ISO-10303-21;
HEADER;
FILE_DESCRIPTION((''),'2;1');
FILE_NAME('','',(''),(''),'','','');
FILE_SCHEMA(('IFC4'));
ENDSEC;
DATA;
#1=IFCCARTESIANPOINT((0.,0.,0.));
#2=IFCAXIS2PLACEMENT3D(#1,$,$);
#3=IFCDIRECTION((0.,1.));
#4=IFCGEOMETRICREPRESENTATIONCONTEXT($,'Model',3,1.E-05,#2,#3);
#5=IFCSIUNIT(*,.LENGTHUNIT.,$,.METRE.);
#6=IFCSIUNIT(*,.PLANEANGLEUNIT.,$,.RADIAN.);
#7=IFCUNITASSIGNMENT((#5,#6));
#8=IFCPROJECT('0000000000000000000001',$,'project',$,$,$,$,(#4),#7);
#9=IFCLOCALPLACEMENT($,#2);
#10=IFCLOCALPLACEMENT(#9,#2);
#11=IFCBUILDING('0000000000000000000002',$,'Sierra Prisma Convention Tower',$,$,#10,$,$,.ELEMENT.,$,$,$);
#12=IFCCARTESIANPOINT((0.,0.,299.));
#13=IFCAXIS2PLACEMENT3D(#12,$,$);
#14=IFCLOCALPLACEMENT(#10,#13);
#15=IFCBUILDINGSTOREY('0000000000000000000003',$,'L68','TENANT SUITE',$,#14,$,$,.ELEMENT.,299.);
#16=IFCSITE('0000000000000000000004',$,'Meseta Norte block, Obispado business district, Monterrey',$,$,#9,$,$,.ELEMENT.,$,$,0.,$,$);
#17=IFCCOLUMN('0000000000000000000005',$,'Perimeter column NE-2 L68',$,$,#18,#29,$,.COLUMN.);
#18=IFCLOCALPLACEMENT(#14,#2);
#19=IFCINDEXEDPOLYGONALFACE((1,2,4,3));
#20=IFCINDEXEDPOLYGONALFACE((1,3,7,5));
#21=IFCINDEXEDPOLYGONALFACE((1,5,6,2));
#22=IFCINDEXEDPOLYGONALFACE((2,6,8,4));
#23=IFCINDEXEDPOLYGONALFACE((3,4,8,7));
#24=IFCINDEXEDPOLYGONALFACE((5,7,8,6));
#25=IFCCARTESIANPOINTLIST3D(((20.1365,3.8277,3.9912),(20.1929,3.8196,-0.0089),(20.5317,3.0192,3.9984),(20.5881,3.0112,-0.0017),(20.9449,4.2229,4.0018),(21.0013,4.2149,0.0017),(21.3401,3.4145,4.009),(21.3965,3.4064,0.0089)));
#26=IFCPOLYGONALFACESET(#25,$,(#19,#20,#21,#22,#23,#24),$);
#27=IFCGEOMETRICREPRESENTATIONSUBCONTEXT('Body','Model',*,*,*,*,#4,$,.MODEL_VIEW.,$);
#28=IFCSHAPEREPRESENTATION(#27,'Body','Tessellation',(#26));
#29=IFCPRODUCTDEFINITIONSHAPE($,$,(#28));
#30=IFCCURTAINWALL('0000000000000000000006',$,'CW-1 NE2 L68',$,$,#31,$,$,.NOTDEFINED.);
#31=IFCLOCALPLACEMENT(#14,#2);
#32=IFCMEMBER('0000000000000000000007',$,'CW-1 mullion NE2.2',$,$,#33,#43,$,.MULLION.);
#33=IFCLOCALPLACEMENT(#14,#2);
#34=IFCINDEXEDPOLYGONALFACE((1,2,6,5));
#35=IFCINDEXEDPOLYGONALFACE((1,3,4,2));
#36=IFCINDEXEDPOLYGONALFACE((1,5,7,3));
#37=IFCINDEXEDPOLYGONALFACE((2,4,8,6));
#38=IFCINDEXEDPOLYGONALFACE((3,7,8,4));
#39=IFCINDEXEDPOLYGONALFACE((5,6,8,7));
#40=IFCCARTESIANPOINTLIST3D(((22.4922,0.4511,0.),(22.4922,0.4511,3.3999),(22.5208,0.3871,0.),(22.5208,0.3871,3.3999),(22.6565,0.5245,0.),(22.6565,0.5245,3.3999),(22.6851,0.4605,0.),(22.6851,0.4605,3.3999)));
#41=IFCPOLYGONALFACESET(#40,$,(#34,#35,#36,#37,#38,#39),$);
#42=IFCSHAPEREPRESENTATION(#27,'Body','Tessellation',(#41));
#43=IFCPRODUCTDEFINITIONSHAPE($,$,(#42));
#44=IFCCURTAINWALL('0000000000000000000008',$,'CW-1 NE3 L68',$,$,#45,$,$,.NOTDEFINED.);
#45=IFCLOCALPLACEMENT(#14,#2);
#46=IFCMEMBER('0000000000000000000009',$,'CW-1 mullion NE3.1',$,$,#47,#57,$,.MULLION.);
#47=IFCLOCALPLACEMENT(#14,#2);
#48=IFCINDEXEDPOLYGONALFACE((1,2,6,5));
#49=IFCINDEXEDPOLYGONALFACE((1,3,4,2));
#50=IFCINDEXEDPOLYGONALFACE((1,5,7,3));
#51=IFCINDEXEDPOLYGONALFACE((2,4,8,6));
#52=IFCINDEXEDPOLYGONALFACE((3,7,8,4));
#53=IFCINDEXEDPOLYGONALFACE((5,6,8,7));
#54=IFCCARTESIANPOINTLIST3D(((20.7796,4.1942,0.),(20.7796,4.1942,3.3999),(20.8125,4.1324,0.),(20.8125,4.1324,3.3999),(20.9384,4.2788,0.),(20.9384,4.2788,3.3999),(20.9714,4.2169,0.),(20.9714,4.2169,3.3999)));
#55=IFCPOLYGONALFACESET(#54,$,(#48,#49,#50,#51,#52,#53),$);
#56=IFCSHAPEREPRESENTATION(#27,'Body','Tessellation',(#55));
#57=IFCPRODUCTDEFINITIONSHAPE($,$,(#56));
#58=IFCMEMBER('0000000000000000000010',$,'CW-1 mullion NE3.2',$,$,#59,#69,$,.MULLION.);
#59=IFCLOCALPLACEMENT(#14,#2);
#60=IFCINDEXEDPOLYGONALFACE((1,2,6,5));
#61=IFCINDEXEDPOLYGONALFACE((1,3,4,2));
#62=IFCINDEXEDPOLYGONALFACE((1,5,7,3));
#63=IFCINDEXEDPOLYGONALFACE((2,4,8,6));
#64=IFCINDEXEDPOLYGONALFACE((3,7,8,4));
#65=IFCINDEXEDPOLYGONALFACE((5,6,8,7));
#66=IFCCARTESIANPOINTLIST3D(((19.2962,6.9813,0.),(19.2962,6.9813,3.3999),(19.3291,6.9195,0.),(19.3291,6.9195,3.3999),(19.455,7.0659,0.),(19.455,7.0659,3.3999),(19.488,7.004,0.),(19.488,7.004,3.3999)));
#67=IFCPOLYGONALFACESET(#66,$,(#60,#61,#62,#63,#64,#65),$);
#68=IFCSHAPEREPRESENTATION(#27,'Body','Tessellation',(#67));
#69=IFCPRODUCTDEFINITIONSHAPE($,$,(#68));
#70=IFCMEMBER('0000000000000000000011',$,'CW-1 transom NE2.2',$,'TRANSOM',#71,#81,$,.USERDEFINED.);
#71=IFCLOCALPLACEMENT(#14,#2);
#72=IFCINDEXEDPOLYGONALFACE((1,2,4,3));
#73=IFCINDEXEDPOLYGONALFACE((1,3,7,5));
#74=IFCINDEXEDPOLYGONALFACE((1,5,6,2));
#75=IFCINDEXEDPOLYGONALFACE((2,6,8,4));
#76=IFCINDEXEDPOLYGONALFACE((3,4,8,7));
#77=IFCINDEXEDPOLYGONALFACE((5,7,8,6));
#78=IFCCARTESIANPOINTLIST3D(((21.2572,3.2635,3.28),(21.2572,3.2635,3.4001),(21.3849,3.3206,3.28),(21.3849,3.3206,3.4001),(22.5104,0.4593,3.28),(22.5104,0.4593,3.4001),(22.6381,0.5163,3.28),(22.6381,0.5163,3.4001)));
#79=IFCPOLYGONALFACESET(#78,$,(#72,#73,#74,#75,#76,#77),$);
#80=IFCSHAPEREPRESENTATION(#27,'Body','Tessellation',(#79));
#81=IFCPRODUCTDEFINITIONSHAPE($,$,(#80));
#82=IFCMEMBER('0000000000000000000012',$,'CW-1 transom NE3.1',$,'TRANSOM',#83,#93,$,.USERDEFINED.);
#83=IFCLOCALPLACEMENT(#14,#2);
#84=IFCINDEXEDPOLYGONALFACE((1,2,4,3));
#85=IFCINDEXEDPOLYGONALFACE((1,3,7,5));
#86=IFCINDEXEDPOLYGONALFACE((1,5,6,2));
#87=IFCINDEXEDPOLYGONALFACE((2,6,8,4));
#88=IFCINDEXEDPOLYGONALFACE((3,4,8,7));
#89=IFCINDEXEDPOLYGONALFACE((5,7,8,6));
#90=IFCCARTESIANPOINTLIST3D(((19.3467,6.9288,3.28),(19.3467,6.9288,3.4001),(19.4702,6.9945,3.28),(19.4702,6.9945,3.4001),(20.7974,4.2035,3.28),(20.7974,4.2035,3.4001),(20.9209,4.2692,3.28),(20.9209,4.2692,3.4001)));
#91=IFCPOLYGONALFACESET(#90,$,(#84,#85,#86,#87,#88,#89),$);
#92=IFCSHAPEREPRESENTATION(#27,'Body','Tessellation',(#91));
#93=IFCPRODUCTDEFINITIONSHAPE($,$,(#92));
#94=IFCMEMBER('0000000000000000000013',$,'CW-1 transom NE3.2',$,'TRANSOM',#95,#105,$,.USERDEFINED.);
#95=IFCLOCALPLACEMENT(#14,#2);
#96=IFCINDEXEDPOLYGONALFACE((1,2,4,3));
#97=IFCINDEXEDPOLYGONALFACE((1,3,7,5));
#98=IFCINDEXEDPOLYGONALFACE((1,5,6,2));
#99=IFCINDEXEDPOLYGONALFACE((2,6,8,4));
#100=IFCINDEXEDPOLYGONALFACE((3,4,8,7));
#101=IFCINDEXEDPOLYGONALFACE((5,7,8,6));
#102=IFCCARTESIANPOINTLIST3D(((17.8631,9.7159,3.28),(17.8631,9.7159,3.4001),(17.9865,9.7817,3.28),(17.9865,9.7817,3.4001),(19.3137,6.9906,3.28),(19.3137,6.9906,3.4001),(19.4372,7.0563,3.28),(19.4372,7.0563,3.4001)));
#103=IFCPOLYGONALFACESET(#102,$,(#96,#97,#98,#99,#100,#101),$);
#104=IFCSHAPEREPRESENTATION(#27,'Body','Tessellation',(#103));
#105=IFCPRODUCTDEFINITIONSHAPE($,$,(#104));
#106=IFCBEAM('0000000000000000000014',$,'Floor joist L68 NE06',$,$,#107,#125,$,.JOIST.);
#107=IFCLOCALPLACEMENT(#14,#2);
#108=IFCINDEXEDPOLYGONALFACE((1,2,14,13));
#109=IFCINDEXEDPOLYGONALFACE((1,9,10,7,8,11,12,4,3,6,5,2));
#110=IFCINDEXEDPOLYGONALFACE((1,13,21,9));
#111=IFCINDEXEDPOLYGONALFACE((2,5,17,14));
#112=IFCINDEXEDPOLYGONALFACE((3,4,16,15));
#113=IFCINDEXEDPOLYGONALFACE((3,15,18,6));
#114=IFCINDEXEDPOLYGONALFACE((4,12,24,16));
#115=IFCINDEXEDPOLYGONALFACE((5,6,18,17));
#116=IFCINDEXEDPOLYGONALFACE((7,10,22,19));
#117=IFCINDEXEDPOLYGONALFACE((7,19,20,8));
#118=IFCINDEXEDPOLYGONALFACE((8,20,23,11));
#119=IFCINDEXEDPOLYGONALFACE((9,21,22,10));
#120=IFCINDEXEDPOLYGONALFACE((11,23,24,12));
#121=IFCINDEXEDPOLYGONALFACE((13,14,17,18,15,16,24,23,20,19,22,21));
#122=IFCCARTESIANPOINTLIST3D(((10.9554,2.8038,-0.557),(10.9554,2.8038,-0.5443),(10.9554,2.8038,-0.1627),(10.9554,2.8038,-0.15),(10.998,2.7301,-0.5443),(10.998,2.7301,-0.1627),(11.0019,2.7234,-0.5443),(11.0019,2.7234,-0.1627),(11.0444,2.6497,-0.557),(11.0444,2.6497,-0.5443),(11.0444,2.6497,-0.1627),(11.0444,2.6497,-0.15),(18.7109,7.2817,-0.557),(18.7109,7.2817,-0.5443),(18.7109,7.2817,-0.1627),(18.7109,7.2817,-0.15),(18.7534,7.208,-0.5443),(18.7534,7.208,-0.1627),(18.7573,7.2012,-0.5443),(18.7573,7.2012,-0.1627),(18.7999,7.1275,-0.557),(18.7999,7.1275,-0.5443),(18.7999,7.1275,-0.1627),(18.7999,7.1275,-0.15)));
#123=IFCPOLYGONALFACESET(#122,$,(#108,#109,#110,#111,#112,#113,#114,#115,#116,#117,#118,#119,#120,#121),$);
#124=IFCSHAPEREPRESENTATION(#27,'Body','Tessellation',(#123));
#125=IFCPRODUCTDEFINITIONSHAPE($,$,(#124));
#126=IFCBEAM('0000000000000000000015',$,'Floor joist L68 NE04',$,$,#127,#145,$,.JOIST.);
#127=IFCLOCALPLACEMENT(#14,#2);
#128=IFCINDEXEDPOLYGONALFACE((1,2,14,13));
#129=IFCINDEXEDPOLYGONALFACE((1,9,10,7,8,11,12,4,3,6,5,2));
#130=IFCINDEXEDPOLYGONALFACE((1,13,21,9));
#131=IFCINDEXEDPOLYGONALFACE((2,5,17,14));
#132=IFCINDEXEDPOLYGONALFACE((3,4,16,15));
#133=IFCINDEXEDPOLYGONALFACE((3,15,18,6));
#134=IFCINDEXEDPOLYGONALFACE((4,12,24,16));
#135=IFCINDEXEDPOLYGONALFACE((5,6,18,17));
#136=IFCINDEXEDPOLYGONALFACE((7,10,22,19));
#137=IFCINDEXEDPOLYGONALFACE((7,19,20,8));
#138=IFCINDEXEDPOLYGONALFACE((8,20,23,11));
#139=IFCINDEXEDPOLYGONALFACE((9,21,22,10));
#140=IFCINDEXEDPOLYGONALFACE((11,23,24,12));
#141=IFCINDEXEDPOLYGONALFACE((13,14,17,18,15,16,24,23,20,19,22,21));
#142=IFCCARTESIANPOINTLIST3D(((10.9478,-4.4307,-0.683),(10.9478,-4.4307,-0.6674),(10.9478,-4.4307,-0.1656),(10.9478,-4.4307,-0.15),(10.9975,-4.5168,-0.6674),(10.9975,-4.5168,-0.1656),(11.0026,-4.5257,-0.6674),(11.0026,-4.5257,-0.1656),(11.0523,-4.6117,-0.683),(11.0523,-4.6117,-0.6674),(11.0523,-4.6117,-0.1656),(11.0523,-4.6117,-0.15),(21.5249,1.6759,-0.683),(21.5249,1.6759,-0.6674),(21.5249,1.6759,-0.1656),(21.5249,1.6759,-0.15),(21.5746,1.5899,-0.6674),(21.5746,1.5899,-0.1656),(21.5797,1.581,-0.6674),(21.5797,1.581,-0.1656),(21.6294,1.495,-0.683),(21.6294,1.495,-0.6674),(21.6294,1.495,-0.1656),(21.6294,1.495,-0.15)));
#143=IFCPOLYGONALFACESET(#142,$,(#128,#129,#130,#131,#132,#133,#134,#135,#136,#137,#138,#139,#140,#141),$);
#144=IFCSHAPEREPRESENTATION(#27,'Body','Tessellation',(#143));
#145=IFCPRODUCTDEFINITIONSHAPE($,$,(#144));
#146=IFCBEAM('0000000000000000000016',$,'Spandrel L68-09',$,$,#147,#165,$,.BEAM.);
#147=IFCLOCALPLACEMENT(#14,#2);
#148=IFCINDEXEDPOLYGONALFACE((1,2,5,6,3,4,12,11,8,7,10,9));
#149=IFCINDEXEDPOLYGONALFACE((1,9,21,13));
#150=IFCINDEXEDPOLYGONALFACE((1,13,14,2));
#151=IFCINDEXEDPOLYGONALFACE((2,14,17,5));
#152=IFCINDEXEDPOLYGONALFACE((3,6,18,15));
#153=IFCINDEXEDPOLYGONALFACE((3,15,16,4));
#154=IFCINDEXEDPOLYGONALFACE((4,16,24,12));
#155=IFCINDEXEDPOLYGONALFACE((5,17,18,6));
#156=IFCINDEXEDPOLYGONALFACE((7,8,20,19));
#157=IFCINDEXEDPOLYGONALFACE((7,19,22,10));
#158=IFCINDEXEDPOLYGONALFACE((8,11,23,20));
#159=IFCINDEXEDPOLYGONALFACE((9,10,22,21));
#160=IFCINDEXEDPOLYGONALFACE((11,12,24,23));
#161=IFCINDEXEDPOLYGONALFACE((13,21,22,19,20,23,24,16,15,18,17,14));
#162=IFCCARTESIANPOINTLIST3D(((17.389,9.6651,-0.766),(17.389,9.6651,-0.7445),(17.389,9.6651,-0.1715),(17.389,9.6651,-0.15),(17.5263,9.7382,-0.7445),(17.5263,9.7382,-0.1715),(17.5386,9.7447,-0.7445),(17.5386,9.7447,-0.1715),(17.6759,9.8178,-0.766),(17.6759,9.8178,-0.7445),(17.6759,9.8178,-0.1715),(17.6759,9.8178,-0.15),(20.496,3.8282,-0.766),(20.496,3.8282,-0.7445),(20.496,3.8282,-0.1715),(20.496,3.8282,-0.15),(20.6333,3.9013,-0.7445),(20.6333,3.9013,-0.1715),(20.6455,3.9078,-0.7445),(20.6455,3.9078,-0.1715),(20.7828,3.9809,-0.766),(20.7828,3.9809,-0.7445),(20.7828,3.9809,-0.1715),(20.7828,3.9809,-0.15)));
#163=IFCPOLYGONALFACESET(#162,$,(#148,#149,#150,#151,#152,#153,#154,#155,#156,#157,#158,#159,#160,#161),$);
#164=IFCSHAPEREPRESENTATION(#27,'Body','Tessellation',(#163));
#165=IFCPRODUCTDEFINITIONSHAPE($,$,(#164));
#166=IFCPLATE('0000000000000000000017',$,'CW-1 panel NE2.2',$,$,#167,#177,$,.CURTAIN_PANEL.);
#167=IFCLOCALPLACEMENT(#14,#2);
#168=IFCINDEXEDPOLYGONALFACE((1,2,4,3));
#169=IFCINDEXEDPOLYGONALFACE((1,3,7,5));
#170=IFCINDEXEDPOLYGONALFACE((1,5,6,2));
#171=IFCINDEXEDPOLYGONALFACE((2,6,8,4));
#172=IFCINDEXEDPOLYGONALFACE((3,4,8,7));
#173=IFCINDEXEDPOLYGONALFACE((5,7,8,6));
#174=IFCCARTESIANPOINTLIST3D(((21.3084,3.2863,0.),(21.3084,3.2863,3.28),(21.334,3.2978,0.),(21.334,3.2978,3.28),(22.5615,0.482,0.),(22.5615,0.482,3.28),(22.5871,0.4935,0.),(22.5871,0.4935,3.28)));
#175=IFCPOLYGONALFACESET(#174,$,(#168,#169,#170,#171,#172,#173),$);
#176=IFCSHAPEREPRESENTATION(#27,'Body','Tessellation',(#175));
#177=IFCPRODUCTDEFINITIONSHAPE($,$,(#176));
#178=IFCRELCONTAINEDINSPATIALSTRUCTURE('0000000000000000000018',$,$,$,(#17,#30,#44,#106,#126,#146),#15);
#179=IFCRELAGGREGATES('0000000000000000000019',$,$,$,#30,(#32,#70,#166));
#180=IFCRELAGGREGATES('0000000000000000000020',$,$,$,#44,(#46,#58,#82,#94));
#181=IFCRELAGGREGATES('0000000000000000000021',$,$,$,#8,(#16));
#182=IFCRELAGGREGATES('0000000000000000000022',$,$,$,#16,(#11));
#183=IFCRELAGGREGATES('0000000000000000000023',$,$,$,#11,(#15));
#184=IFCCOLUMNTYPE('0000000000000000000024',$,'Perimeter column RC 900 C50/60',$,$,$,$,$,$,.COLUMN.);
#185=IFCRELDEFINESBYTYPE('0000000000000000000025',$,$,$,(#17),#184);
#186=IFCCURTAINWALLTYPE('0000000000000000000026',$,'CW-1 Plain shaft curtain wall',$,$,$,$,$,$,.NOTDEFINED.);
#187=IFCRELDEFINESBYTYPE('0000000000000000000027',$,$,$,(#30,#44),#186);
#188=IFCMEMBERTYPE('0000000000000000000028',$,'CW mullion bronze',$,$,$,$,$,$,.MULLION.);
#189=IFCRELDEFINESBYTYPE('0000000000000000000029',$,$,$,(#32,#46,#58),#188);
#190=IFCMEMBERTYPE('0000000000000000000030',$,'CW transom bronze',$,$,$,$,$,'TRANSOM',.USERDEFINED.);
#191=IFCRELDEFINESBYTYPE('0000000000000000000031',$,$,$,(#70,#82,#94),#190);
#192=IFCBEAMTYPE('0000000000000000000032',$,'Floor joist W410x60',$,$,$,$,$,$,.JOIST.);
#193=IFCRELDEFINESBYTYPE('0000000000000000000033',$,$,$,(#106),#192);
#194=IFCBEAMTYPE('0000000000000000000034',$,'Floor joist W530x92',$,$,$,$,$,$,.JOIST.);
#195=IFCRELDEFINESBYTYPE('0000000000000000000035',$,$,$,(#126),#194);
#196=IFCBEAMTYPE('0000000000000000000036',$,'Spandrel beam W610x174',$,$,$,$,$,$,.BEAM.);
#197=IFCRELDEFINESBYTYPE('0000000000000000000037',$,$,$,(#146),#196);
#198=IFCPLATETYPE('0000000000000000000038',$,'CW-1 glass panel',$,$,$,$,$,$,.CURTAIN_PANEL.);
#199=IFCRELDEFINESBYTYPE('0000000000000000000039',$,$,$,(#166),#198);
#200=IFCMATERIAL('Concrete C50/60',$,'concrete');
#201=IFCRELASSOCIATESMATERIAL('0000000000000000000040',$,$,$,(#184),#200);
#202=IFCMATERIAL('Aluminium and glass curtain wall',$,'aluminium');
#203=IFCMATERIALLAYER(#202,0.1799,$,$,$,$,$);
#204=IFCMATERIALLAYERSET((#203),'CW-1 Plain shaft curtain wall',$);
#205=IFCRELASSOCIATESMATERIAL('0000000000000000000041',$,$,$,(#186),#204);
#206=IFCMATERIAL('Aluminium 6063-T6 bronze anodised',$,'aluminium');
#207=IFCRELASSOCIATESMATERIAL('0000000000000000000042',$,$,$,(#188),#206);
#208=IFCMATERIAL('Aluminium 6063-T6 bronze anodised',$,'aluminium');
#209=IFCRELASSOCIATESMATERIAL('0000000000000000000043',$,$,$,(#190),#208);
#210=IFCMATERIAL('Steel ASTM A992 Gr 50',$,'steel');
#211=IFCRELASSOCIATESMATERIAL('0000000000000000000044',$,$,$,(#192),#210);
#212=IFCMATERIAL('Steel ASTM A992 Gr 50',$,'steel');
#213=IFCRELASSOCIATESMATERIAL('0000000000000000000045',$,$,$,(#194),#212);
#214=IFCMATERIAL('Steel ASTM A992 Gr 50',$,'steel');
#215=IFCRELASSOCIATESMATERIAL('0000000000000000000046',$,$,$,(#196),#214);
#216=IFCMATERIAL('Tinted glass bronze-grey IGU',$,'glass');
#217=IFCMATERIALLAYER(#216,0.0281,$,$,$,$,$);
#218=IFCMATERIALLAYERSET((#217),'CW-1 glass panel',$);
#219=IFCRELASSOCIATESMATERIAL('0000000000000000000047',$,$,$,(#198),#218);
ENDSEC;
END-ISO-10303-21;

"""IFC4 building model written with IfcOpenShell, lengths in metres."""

from ifc_helpers import new_model, si_unit, direction, frame, origin, origin_2d, place, context, subcontext, project, spatial, rectangle, i_section, extrude, material, layer, layer_set, material_profile, profile_set, type_object, element, aggregate, save


model = new_model("IFC4")

# Units and contexts
model_context = context("Model", 3, precision=1e-05, world=origin(), true_north=direction((0.0, 1.0)))
body_context = subcontext(model_context, "Body", "Model", "MODEL_VIEW")
ifc_project = project(units=[si_unit("LENGTHUNIT", "METRE"), si_unit("PLANEANGLEUNIT", "RADIAN")], contexts=[model_context])

# Site, building, storey
site_placement = place(None, origin())
site = spatial("IfcSite", under=ifc_project, at=site_placement, Name="Meseta Norte block, Obispado business district, Monterrey", CompositionType="ELEMENT", RefElevation=0.0)
building_placement = place(site_placement, origin())
building = spatial("IfcBuilding", under=site, at=building_placement, Name="Sierra Prisma Convention Tower", CompositionType="ELEMENT")
storey_placement = place(building_placement, frame((0.0, 0.0, 299.0)))
storey = spatial("IfcBuildingStorey", under=building, at=storey_placement, Name="L68", Description="TENANT SUITE", CompositionType="ELEMENT", Elevation=299.0)

# Column
ifc_material_1 = material(Name="Concrete C50/60", Category="concrete")
ifc_material_profile_1 = material_profile(ifc_material_1, rectangle(XDim=0.8999, YDim=0.8999, at=origin_2d()), Name="Perimeter column RC 900 C50/60")
ifc_profile_set_1 = profile_set([ifc_material_profile_1], Name="Concrete C50/60")
column_type = type_object("IfcColumnType", Name="Perimeter column RC 900 C50/60", PredefinedType="COLUMN", material=ifc_profile_set_1)
column_placement = place(storey_placement, frame((20.7947, 3.613, 0.0), z_axis=(-0.014098, 0.002014, 0.999899), x_axis=(-0.439137, 0.898385, -0.008001)))
element("IfcColumn", 1, at=column_placement, inside=storey, type_object=column_type, Name="Perimeter column NE-2 L68", PredefinedType="COLUMN", context=body_context, shape_type="SweptSolid", body=[
    extrude(rectangle(XDim=0.8999, YDim=0.8999, at=origin_2d()), origin(), (0.0, 0.0, 1.0), 4.0005),
])

# Curtain wall, member
ifc_material_2 = material(Name="Aluminium and glass curtain wall", Category="aluminium")
ifc_layer_1 = layer(ifc_material_2, 0.1799)
ifc_layer_set_1 = layer_set([ifc_layer_1], Name="CW-1 Plain shaft curtain wall")
curtain_wall_type = type_object("IfcCurtainWallType", Name="CW-1 Plain shaft curtain wall", PredefinedType="NOTDEFINED", material=ifc_layer_set_1)
curtain_wall_1_placement = place(storey_placement, origin())
curtain_wall_1 = element("IfcCurtainWall", 2, at=curtain_wall_1_placement, inside=storey, type_object=curtain_wall_type, Name="CW-1 NE2 L68", PredefinedType="NOTDEFINED")
ifc_material_3 = material(Name="Aluminium 6063-T6 bronze anodised", Category="aluminium")
ifc_material_profile_2 = material_profile(ifc_material_3, rectangle(XDim=0.1799, YDim=0.0701, at=origin_2d()), Name="ALU MULLION 70x180")
ifc_profile_set_2 = profile_set([ifc_material_profile_2], Name="Aluminium 6063-T6 bronze anodised")
member_type_1 = type_object("IfcMemberType", Name="CW mullion bronze", PredefinedType="MULLION", material=ifc_profile_set_2)
member_1_placement = place(storey_placement, frame((22.5886, 0.4558, 0.0), z_axis=(0.0, 0.0, 1.0), x_axis=(-0.912995, -0.407971, 0.0)))
member_1 = element("IfcMember", 3, at=member_1_placement, type_object=member_type_1, Name="CW-1 mullion NE2.2", PredefinedType="MULLION", context=body_context, shape_type="SweptSolid", body=[
    extrude(rectangle(XDim=0.1799, YDim=0.0701, at=origin_2d()), origin(), (0.0, 0.0, 1.0), 3.3999),
])

# Curtain wall, members
curtain_wall_2_placement = place(storey_placement, origin())
curtain_wall_2 = element("IfcCurtainWall", 4, at=curtain_wall_2_placement, inside=storey, type_object=curtain_wall_type, Name="CW-1 NE3 L68", PredefinedType="NOTDEFINED")
member_2_placement = place(storey_placement, frame((20.8755, 4.2056, 0.0), z_axis=(0.0, 0.0, 1.0), x_axis=(-0.882736, -0.469869, 0.0)))
member_2 = element("IfcMember", 5, at=member_2_placement, type_object=member_type_1, Name="CW-1 mullion NE3.1", PredefinedType="MULLION", context=body_context, shape_type="SweptSolid", body=[
    extrude(rectangle(XDim=0.1799, YDim=0.0701, at=origin_2d()), origin(), (0.0, 0.0, 1.0), 3.3999),
])
member_3_placement = place(storey_placement, frame((19.3921, 6.9927, 0.0), z_axis=(0.0, 0.0, 1.0), x_axis=(-0.882736, -0.469869, 0.0)))
member_3 = element("IfcMember", 6, at=member_3_placement, type_object=member_type_1, Name="CW-1 mullion NE3.2", PredefinedType="MULLION", context=body_context, shape_type="SweptSolid", body=[
    extrude(rectangle(XDim=0.1799, YDim=0.0701, at=origin_2d()), origin(), (0.0, 0.0, 1.0), 3.3999),
])

# Members
ifc_material_4 = material(Name="Aluminium 6063-T6 bronze anodised", Category="aluminium")
ifc_material_profile_3 = material_profile(ifc_material_4, rectangle(XDim=0.1399, YDim=0.1201, at=origin_2d()), Name="ALU TRANSOM 120x140")
ifc_profile_set_3 = profile_set([ifc_material_profile_3], Name="Aluminium 6063-T6 bronze anodised")
member_type_2 = type_object("IfcMemberType", Name="CW transom bronze", ElementType="TRANSOM", PredefinedType="USERDEFINED", material=ifc_profile_set_3)
member_4_placement = place(storey_placement, frame((22.5742, 0.4878, 3.3401), z_axis=(-0.408004, 0.91298, 0.0), x_axis=(-0.91298, -0.408004, 0.0)))
member_4 = element("IfcMember", 7, at=member_4_placement, type_object=member_type_2, Name="CW-1 transom NE2.2", ObjectType="TRANSOM", PredefinedType="USERDEFINED", context=body_context, shape_type="SweptSolid", body=[
    extrude(rectangle(XDim=0.1399, YDim=0.1201, at=origin_2d()), origin(), (0.0, 0.0, 1.0), 3.0715),
])
member_5_placement = place(storey_placement, frame((20.8591, 4.2363, 3.3401), z_axis=(-0.469874, 0.882734, 0.0), x_axis=(-0.882734, -0.469874, 0.0)))
member_5 = element("IfcMember", 8, at=member_5_placement, type_object=member_type_2, Name="CW-1 transom NE3.1", ObjectType="TRANSOM", PredefinedType="USERDEFINED", context=body_context, shape_type="SweptSolid", body=[
    extrude(rectangle(XDim=0.1399, YDim=0.1201, at=origin_2d()), origin(), (0.0, 0.0, 1.0), 3.0874),
])
member_6_placement = place(storey_placement, frame((19.3755, 7.0234, 3.3401), z_axis=(-0.469874, 0.882734, 0.0), x_axis=(-0.882734, -0.469874, 0.0)))
member_6 = element("IfcMember", 9, at=member_6_placement, type_object=member_type_2, Name="CW-1 transom NE3.2", ObjectType="TRANSOM", PredefinedType="USERDEFINED", context=body_context, shape_type="SweptSolid", body=[
    extrude(rectangle(XDim=0.1399, YDim=0.1201, at=origin_2d()), origin(), (0.0, 0.0, 1.0), 3.0874),
])

# Beams
ifc_material_5 = material(Name="Steel ASTM A992 Gr 50", Category="steel")
ifc_material_profile_4 = material_profile(ifc_material_5, i_section(OverallWidth=0.178, OverallDepth=0.407, WebThickness=0.0078, FlangeThickness=0.0127, at=origin_2d()), Name="W410x60")
ifc_profile_set_4 = profile_set([ifc_material_profile_4], Name="Steel ASTM A992 Gr 50")
beam_type_1 = type_object("IfcBeamType", Name="Floor joist W410x60", PredefinedType="JOIST", material=ifc_profile_set_4)
beam_1_placement = place(storey_placement, frame((18.7554, 7.2046, -0.3535), z_axis=(-0.866015, -0.500018, 0.0), x_axis=(0.500018, -0.866015, 0.0)))
element("IfcBeam", 10, at=beam_1_placement, inside=storey, type_object=beam_type_1, Name="Floor joist L68 NE06", PredefinedType="JOIST", context=body_context, shape_type="SweptSolid", body=[
    extrude(i_section(OverallWidth=0.178, OverallDepth=0.407, WebThickness=0.0078, FlangeThickness=0.0127, at=origin_2d()), origin(), (0.0, 0.0, 1.0), 8.9553),
])
ifc_material_6 = material(Name="Steel ASTM A992 Gr 50", Category="steel")
ifc_material_profile_5 = material_profile(ifc_material_6, i_section(OverallWidth=0.209, OverallDepth=0.533, WebThickness=0.0103, FlangeThickness=0.0156, at=origin_2d()), Name="W530x92")
ifc_profile_set_5 = profile_set([ifc_material_profile_5], Name="Steel ASTM A992 Gr 50")
beam_type_2 = type_object("IfcBeamType", Name="Floor joist W530x92", PredefinedType="JOIST", material=ifc_profile_set_5)
beam_2_placement = place(storey_placement, frame((21.5771, 1.5854, -0.4165), z_axis=(-0.866026, -0.499998, 0.0), x_axis=(0.499998, -0.866026, 0.0)))
element("IfcBeam", 11, at=beam_2_placement, inside=storey, type_object=beam_type_2, Name="Floor joist L68 NE04", PredefinedType="JOIST", context=body_context, shape_type="SweptSolid", body=[
    extrude(i_section(OverallWidth=0.209, OverallDepth=0.533, WebThickness=0.0103, FlangeThickness=0.0156, at=origin_2d()), origin(), (0.0, 0.0, 1.0), 12.2134),
])
ifc_material_7 = material(Name="Steel ASTM A992 Gr 50", Category="steel")
ifc_material_profile_6 = material_profile(ifc_material_7, i_section(OverallWidth=0.325, OverallDepth=0.616, WebThickness=0.0139, FlangeThickness=0.0215, at=origin_2d()), Name="W610x174")
ifc_profile_set_6 = profile_set([ifc_material_profile_6], Name="Steel ASTM A992 Gr 50")
beam_type_3 = type_object("IfcBeamType", Name="Spandrel beam W610x174", PredefinedType="BEAM", material=ifc_profile_set_6)
beam_3_placement = place(storey_placement, frame((20.6394, 3.9045, -0.458), z_axis=(-0.469871, 0.882735, 0.0), x_axis=(-0.882735, -0.469871, 0.0)))
element("IfcBeam", 12, at=beam_3_placement, inside=storey, type_object=beam_type_3, Name="Spandrel L68-09", PredefinedType="BEAM", context=body_context, shape_type="SweptSolid", body=[
    extrude(i_section(OverallWidth=0.325, OverallDepth=0.616, WebThickness=0.0139, FlangeThickness=0.0215, at=origin_2d()), origin(), (0.0, 0.0, 1.0), 6.6123),
])

# Plate
ifc_material_8 = material(Name="Tinted glass bronze-grey IGU", Category="glass")
ifc_layer_2 = layer(ifc_material_8, 0.0281)
ifc_layer_set_2 = layer_set([ifc_layer_2], Name="CW-1 glass panel")
plate_type = type_object("IfcPlateType", Name="CW-1 glass panel", PredefinedType="CURTAIN_PANEL", material=ifc_layer_set_2)
plate_1_placement = place(storey_placement, frame((21.9478, 1.8899, 0.0), z_axis=(0.0, 0.0, 1.0), x_axis=(-0.407971, 0.912995, 0.0)))
plate_1 = element("IfcPlate", 13, at=plate_1_placement, type_object=plate_type, Name="CW-1 panel NE2.2", PredefinedType="CURTAIN_PANEL", context=body_context, shape_type="SweptSolid", body=[
    extrude(rectangle(XDim=3.0715, YDim=0.0281, at=origin_2d()), origin(), (0.0, 0.0, 1.0), 3.28),
])
aggregate(curtain_wall_1, [member_1, member_4, plate_1])
aggregate(curtain_wall_2, [member_2, member_3, member_5, member_6])

save(model, "model.ifc")
